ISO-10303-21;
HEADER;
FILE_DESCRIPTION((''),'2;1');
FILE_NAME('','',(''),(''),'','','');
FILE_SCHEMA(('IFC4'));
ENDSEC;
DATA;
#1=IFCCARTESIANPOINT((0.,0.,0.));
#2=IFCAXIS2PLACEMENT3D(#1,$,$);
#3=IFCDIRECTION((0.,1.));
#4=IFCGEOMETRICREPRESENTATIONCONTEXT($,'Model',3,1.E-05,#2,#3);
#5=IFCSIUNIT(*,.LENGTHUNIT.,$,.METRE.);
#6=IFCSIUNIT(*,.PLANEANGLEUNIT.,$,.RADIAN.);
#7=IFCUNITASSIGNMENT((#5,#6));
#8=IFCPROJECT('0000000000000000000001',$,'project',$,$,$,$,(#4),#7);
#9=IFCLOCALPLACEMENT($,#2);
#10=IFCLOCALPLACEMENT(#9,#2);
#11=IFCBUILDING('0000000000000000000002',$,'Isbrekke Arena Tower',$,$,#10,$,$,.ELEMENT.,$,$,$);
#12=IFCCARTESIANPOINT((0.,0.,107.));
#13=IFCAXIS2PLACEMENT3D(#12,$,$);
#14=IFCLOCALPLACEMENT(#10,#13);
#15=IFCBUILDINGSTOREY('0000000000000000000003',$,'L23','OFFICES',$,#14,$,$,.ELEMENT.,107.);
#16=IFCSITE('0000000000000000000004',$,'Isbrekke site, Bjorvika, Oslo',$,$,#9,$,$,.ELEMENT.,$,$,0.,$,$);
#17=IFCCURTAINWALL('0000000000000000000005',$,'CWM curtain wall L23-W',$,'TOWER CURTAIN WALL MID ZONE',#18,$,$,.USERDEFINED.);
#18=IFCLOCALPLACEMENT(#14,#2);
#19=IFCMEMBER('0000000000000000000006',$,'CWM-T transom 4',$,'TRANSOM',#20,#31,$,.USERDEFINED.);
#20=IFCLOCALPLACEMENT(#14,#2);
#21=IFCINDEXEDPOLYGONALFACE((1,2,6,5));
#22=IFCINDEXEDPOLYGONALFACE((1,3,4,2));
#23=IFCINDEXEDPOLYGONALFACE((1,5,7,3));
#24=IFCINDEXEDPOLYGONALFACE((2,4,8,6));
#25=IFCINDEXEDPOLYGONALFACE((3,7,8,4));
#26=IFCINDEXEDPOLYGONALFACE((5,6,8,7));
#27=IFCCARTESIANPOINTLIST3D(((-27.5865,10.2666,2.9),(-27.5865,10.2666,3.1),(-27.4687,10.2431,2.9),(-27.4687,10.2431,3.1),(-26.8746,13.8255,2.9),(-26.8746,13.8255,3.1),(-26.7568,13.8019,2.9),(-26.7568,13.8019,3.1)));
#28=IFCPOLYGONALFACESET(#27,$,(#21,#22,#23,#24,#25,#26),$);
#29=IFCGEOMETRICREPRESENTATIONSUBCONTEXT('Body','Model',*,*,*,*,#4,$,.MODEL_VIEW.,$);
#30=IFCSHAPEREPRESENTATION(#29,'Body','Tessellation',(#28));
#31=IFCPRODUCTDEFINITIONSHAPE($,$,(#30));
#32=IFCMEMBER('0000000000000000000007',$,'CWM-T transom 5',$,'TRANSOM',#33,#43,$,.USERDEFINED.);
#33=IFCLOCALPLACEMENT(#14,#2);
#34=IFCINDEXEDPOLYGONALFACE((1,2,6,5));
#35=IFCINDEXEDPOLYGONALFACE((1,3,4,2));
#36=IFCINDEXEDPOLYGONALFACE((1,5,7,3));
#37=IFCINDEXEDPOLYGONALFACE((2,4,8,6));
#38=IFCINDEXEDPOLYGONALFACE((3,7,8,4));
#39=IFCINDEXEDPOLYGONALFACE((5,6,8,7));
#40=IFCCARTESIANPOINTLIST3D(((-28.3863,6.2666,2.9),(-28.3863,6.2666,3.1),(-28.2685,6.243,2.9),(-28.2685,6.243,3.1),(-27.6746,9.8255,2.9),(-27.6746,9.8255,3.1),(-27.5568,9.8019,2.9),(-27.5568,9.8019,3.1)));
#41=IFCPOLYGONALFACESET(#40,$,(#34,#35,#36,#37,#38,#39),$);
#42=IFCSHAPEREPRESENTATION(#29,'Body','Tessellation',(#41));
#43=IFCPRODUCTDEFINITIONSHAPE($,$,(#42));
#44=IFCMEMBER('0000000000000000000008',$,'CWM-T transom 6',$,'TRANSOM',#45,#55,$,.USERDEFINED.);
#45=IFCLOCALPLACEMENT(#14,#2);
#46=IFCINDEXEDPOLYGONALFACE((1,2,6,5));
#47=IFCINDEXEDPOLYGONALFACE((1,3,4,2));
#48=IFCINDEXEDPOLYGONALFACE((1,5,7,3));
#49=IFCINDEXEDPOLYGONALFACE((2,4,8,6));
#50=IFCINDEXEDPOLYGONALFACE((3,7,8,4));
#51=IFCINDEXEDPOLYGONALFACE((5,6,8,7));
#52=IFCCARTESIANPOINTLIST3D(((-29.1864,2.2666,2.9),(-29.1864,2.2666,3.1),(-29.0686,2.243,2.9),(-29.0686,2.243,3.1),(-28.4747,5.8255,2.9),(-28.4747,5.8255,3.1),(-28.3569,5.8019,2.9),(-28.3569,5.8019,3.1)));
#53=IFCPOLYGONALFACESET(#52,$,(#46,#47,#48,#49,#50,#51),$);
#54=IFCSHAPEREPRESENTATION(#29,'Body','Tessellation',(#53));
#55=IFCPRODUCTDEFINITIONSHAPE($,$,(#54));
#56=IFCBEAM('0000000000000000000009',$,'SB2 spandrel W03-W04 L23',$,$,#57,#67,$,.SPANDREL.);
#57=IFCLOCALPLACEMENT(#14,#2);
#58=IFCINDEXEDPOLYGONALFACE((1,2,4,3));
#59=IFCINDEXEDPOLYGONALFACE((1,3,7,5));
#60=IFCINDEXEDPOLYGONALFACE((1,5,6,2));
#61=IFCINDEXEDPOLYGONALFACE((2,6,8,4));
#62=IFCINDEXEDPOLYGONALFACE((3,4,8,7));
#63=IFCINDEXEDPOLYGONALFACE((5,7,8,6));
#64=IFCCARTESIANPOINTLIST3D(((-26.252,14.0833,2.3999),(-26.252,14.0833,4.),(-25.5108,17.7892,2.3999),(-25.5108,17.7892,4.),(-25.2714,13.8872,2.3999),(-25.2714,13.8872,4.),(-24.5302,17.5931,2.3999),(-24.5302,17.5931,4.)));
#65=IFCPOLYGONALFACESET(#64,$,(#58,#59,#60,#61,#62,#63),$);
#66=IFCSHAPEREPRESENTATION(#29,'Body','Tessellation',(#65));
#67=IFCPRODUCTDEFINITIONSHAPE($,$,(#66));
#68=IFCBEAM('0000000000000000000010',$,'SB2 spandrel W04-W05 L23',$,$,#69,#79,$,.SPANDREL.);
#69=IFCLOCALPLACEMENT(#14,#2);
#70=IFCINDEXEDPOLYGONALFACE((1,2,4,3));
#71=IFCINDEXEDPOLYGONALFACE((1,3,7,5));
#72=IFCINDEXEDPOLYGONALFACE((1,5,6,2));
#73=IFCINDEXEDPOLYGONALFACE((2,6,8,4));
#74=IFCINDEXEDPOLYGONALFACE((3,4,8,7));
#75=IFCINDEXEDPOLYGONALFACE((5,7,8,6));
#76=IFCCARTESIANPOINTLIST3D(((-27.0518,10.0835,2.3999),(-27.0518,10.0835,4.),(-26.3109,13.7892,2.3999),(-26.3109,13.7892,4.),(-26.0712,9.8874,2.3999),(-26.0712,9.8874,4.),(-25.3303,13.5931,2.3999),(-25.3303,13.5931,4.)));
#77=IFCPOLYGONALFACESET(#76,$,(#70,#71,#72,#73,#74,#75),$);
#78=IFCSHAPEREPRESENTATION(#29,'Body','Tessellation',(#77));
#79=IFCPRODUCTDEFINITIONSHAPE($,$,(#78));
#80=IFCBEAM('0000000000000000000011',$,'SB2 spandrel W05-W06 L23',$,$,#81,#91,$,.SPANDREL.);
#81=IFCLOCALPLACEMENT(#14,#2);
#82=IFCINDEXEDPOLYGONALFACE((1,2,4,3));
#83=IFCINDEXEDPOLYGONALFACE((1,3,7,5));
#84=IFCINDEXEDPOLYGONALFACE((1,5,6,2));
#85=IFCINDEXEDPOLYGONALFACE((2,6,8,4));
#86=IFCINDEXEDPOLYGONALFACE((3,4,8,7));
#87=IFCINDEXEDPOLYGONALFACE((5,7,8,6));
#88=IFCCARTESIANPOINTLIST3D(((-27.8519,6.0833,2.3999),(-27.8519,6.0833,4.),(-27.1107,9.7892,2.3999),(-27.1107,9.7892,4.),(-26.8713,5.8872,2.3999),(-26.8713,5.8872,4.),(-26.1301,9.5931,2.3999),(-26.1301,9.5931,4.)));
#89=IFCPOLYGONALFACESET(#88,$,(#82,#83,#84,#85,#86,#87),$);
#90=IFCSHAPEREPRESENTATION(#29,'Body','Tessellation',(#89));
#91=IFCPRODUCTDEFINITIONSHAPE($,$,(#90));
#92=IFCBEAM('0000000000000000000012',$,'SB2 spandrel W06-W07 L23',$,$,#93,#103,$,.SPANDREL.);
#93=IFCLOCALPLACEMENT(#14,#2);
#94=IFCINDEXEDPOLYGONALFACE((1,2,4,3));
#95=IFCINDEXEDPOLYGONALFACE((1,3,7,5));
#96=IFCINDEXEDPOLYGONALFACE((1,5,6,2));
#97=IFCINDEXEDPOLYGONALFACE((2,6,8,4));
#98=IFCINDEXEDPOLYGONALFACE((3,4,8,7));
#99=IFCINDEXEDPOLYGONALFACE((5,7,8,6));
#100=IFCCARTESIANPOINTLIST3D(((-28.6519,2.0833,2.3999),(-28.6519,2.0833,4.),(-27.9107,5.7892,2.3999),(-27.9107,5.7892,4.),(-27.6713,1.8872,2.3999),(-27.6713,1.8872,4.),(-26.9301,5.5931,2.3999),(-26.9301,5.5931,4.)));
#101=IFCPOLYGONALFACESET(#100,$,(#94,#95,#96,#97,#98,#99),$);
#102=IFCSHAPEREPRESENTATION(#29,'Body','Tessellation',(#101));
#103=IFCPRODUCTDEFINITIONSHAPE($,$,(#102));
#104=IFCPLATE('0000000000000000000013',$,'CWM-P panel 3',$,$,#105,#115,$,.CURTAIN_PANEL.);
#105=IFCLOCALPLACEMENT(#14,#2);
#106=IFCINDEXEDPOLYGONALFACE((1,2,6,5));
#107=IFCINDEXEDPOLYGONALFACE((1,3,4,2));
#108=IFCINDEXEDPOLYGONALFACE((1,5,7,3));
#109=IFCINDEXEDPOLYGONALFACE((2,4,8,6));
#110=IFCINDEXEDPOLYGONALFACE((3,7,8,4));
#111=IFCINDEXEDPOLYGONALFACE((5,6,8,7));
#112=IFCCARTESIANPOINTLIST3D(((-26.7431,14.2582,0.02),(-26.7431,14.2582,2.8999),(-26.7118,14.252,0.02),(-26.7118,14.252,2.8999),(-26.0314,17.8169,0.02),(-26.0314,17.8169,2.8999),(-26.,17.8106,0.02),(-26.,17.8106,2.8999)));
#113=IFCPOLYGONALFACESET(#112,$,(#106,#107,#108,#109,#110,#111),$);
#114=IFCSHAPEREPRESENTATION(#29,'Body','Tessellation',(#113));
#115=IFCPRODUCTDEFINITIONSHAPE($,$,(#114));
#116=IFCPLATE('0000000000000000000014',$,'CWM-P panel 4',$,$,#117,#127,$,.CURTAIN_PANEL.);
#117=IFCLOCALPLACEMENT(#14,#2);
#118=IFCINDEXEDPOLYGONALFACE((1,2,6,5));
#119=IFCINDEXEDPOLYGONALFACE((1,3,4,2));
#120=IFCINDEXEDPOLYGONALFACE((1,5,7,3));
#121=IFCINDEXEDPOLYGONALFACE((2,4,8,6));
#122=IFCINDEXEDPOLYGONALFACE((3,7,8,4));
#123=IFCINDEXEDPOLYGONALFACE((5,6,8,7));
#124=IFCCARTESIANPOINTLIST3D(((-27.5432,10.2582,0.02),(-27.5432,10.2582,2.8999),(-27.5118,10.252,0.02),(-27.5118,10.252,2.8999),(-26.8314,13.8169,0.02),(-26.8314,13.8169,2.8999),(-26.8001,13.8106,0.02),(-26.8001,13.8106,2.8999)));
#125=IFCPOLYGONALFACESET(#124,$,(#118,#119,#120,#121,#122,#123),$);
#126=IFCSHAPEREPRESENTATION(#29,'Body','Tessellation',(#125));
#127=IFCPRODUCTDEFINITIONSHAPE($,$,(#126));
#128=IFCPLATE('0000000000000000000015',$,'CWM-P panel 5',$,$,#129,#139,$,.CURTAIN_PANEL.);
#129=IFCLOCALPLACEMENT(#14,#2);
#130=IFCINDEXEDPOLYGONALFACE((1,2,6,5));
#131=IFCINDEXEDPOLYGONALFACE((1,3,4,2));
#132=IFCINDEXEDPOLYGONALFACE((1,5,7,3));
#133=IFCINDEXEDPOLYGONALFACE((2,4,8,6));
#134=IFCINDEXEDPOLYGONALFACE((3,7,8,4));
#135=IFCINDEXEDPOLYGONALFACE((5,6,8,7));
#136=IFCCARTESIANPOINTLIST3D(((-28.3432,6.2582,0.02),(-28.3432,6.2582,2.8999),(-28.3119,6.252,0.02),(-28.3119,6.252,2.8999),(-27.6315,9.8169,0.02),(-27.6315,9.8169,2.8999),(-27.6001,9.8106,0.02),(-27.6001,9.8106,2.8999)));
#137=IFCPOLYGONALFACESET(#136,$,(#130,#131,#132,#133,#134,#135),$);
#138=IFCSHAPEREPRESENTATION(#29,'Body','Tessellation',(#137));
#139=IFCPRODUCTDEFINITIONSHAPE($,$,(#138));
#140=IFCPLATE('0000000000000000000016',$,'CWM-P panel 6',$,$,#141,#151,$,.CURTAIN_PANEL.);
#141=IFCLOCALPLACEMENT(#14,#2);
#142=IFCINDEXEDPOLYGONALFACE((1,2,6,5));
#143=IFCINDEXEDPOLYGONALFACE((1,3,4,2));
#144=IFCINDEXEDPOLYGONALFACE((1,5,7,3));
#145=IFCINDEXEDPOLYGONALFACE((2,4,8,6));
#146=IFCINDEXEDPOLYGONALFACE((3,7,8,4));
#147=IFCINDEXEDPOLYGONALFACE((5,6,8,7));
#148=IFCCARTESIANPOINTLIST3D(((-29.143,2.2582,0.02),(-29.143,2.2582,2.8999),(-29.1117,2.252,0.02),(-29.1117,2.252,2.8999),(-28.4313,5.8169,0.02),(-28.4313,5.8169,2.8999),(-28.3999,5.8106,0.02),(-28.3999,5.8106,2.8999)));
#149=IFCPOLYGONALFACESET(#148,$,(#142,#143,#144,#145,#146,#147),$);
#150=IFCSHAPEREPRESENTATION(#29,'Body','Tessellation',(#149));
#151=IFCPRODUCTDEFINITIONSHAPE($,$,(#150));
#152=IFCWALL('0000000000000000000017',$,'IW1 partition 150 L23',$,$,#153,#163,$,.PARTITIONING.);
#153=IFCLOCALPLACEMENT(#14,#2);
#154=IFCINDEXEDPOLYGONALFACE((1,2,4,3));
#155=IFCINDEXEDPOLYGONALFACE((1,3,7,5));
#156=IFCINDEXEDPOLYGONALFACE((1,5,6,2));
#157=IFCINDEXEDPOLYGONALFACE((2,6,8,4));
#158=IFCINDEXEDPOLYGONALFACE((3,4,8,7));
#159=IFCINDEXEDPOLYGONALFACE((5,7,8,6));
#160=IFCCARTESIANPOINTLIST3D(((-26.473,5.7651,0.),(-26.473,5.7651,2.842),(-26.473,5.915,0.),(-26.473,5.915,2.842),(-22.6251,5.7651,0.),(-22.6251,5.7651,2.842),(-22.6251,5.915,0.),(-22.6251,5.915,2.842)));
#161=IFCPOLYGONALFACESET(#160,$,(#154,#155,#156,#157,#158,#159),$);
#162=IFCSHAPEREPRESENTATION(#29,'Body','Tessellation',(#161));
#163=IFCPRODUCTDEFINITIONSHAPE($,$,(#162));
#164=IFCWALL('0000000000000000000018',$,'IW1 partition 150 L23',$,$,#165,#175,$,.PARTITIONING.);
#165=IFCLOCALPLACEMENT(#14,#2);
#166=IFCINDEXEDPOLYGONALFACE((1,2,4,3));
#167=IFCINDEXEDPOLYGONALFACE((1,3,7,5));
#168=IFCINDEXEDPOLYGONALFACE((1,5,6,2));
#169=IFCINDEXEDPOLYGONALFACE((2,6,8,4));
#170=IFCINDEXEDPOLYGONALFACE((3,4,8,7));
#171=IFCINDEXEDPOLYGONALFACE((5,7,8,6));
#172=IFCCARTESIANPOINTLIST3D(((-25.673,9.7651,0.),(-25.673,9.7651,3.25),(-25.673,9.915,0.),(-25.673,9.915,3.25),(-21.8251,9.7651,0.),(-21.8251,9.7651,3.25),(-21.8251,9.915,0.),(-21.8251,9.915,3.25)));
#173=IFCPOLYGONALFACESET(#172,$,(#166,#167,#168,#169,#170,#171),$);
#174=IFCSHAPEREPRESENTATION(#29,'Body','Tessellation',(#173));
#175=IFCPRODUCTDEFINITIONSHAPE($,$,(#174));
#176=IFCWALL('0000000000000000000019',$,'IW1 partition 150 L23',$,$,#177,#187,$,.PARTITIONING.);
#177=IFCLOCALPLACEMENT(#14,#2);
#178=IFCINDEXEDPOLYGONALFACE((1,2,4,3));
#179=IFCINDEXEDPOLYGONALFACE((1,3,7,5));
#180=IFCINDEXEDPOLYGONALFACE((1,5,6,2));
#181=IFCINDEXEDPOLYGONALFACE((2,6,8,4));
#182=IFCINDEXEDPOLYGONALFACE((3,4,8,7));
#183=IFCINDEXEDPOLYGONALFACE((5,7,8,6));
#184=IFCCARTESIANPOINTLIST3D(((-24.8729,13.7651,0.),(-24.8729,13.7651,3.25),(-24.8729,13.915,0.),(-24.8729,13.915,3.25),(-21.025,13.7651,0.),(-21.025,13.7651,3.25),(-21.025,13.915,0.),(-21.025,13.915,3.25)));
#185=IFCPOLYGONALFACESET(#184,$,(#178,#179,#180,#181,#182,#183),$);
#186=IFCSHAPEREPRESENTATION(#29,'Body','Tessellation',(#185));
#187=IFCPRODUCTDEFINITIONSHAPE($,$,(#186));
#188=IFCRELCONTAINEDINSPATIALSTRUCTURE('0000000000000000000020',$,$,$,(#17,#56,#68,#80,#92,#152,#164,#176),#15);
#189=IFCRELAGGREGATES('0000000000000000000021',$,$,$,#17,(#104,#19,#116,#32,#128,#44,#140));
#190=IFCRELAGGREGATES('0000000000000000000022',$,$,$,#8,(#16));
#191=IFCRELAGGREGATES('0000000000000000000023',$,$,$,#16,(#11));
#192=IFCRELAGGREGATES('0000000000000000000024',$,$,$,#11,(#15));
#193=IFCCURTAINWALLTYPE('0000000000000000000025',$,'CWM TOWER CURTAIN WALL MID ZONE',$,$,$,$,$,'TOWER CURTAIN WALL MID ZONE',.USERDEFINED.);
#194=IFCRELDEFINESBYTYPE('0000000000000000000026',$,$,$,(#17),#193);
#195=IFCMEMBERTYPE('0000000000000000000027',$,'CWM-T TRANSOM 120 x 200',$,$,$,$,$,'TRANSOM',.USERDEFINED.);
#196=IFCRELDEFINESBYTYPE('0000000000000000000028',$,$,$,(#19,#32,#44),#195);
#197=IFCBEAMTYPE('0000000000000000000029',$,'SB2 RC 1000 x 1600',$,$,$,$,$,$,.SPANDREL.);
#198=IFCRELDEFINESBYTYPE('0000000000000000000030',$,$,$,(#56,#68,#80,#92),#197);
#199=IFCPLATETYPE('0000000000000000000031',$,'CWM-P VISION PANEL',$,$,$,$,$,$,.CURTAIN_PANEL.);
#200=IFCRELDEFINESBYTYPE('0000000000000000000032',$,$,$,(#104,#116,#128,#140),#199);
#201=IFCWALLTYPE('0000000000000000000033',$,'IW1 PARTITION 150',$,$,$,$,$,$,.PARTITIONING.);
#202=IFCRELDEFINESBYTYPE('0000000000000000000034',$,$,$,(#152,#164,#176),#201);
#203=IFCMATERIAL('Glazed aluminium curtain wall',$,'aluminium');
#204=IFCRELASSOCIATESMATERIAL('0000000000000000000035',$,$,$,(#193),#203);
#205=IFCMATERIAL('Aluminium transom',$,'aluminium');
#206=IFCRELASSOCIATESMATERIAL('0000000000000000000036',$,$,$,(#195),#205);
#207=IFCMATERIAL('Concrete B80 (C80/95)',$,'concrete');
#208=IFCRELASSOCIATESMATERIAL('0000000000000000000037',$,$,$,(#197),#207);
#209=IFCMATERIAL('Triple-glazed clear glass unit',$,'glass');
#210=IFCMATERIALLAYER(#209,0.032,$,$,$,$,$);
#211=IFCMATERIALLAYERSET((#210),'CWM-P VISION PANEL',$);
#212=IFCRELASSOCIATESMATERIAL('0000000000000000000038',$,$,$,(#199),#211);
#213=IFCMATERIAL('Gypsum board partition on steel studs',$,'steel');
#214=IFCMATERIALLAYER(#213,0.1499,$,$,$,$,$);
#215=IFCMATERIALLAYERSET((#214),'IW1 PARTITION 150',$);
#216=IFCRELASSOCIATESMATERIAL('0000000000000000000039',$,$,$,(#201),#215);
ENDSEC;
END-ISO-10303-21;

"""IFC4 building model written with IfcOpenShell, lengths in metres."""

from ifc_helpers import new_model, si_unit, direction, frame, frame_2d, origin, origin_2d, place, context, subcontext, project, spatial, rectangle, extrude, material, layer, layer_set, material_profile, profile_set, type_object, element, aggregate, save


model = new_model("IFC4")

# Units and contexts
model_context = context("Model", 3, precision=1e-05, world=origin(), true_north=direction((0.0, 1.0)))
body_context = subcontext(model_context, "Body", "Model", "MODEL_VIEW")
ifc_project = project(units=[si_unit("LENGTHUNIT", "METRE"), si_unit("PLANEANGLEUNIT", "RADIAN")], contexts=[model_context])

# Site, building, storey
site_placement = place(None, origin())
site = spatial("IfcSite", under=ifc_project, at=site_placement, Name="Isbrekke site, Bjorvika, Oslo", CompositionType="ELEMENT", RefElevation=0.0)
building_placement = place(site_placement, origin())
building = spatial("IfcBuilding", under=site, at=building_placement, Name="Isbrekke Arena Tower", CompositionType="ELEMENT")
storey_placement = place(building_placement, frame((0.0, 0.0, 107.0)))
storey = spatial("IfcBuildingStorey", under=building, at=storey_placement, Name="L23", Description="OFFICES", CompositionType="ELEMENT", Elevation=107.0)

# Curtain wall, members
ifc_material_1 = material(Name="Glazed aluminium curtain wall", Category="aluminium")
curtain_wall_type = type_object("IfcCurtainWallType", Name="CWM TOWER CURTAIN WALL MID ZONE", ElementType="TOWER CURTAIN WALL MID ZONE", PredefinedType="USERDEFINED", material=ifc_material_1)
curtain_wall_placement = place(storey_placement, origin())
curtain_wall = element("IfcCurtainWall", 1, at=curtain_wall_placement, inside=storey, type_object=curtain_wall_type, Name="CWM curtain wall L23-W", ObjectType="TOWER CURTAIN WALL MID ZONE", PredefinedType="USERDEFINED")
ifc_material_2 = material(Name="Aluminium transom", Category="aluminium")
ifc_material_profile_1 = material_profile(ifc_material_2, rectangle(XDim=0.1201, YDim=0.2, at=origin_2d()), Name="TRANSOM 120X200")
ifc_profile_set_1 = profile_set([ifc_material_profile_1], Name="Aluminium transom")
member_type_1 = type_object("IfcMemberType", Name="CWM-T TRANSOM 120 x 200", ElementType="TRANSOM", PredefinedType="USERDEFINED", material=ifc_profile_set_1)
member_1_placement = place(storey_placement, frame((-26.8157, 13.8137, 3.0), z_axis=(-0.196155, -0.980573, 0.0), x_axis=(0.980573, -0.196155, 0.0)))
member_1 = element("IfcMember", 2, at=member_1_placement, type_object=member_type_1, Name="CWM-T transom 4", ObjectType="TRANSOM", PredefinedType="USERDEFINED", context=body_context, shape_type="SweptSolid", body=[
    extrude(rectangle(XDim=0.1201, YDim=0.2, at=origin_2d()), origin(), (0.0, 0.0, 1.0), 3.6294),
])
member_2_placement = place(storey_placement, frame((-27.6157, 9.8137, 3.0), z_axis=(-0.19609, -0.980586, 0.0), x_axis=(0.980586, -0.19609, 0.0)))
member_2 = element("IfcMember", 3, at=member_2_placement, type_object=member_type_1, Name="CWM-T transom 5", ObjectType="TRANSOM", PredefinedType="USERDEFINED", context=body_context, shape_type="SweptSolid", body=[
    extrude(rectangle(XDim=0.1201, YDim=0.2, at=origin_2d()), origin(), (0.0, 0.0, 1.0), 3.6294),
])
member_3_placement = place(storey_placement, frame((-28.4158, 5.8137, 3.0), z_axis=(-0.19609, -0.980586, 0.0), x_axis=(0.980586, -0.19609, 0.0)))
member_3 = element("IfcMember", 4, at=member_3_placement, type_object=member_type_1, Name="CWM-T transom 6", ObjectType="TRANSOM", PredefinedType="USERDEFINED", context=body_context, shape_type="SweptSolid", body=[
    extrude(rectangle(XDim=0.1201, YDim=0.2, at=origin_2d()), origin(), (0.0, 0.0, 1.0), 3.6294),
])

# Beams
ifc_material_3 = material(Name="Concrete B80 (C80/95)", Category="concrete")
ifc_material_profile_2 = material_profile(ifc_material_3, rectangle(XDim=1.0, YDim=1.6001, at=origin_2d()), Name="RC 1000x1600")
ifc_profile_set_2 = profile_set([ifc_material_profile_2], Name="Concrete B80 (C80/95)")
beam_type_1 = type_object("IfcBeamType", Name="SB2 RC 1000 x 1600", PredefinedType="SPANDREL", material=ifc_profile_set_2)
beam_1_placement = place(storey_placement, frame((-25.0205, 17.6912, 3.2), z_axis=(-0.196129, -0.980578, 0.0), x_axis=(0.980578, -0.196129, 0.0)))
element("IfcBeam", 5, at=beam_1_placement, inside=storey, type_object=beam_type_1, Name="SB2 spandrel W03-W04 L23", PredefinedType="SPANDREL", context=body_context, shape_type="SweptSolid", body=[
    extrude(rectangle(XDim=1.0, YDim=1.6001, at=origin_2d()), origin(), (0.0, 0.0, 1.0), 3.7793),
])
beam_2_placement = place(storey_placement, frame((-25.8206, 13.6912, 3.2), z_axis=(-0.196066, -0.980591, 0.0), x_axis=(0.980591, -0.196066, 0.0)))
element("IfcBeam", 6, at=beam_2_placement, inside=storey, type_object=beam_type_1, Name="SB2 spandrel W04-W05 L23", PredefinedType="SPANDREL", context=body_context, shape_type="SweptSolid", body=[
    extrude(rectangle(XDim=1.0, YDim=1.6001, at=origin_2d()), origin(), (0.0, 0.0, 1.0), 3.7791),
])
for number, where, z_axis, x_axis, name in (
    (7, (-26.6204, 9.6912, 3.2), (-0.196129, -0.980578, 0.0), (0.980578, -0.196129, 0.0), "SB2 spandrel W05-W06 L23"),
    (8, (-27.4204, 5.6912, 3.2), (-0.196129, -0.980578, 0.0), (0.980578, -0.196129, 0.0), "SB2 spandrel W06-W07 L23"),
):
    element("IfcBeam", number, at=place(storey_placement, frame(where, z_axis=z_axis, x_axis=x_axis)), inside=storey, type_object=beam_type_1, Name=name, PredefinedType="SPANDREL", context=body_context, shape_type="SweptSolid", body=[
        extrude(rectangle(XDim=1.0, YDim=1.6001, at=origin_2d()), origin(), (0.0, 0.0, 1.0), 3.7793),
    ])

# Plates
ifc_material_4 = material(Name="Triple-glazed clear glass unit", Category="glass")
ifc_layer_1 = layer(ifc_material_4, 0.032)
ifc_layer_set_1 = layer_set([ifc_layer_1], Name="CWM-P VISION PANEL")
plate_type = type_object("IfcPlateType", Name="CWM-P VISION PANEL", PredefinedType="CURTAIN_PANEL", material=ifc_layer_set_1)
plate_1_placement = place(storey_placement, frame((-26.3716, 16.0344, 0.02), z_axis=(0.0, 0.0, 1.0), x_axis=(-0.196116, -0.980581, 0.0)))
plate_1 = element("IfcPlate", 9, at=plate_1_placement, type_object=plate_type, Name="CWM-P panel 3", PredefinedType="CURTAIN_PANEL", context=body_context, shape_type="SweptSolid", body=[
    extrude(rectangle(XDim=3.6292, YDim=0.032, at=origin_2d()), origin(), (0.0, 0.0, 1.0), 2.8799),
])
plate_2_placement = place(storey_placement, frame((-27.1716, 12.0344, 0.02), z_axis=(0.0, 0.0, 1.0), x_axis=(-0.196116, -0.980581, 0.0)))
plate_2 = element("IfcPlate", 10, at=plate_2_placement, type_object=plate_type, Name="CWM-P panel 4", PredefinedType="CURTAIN_PANEL", context=body_context, shape_type="SweptSolid", body=[
    extrude(rectangle(XDim=3.6292, YDim=0.032, at=origin_2d()), origin(), (0.0, 0.0, 1.0), 2.8799),
])
plate_3_placement = place(storey_placement, frame((-27.9717, 8.0344, 0.02), z_axis=(0.0, 0.0, 1.0), x_axis=(-0.196116, -0.980581, 0.0)))
plate_3 = element("IfcPlate", 11, at=plate_3_placement, type_object=plate_type, Name="CWM-P panel 5", PredefinedType="CURTAIN_PANEL", context=body_context, shape_type="SweptSolid", body=[
    extrude(rectangle(XDim=3.6292, YDim=0.032, at=origin_2d()), origin(), (0.0, 0.0, 1.0), 2.8799),
])
plate_4_placement = place(storey_placement, frame((-28.7715, 4.0344, 0.02), z_axis=(0.0, 0.0, 1.0), x_axis=(-0.196116, -0.980581, 0.0)))
plate_4 = element("IfcPlate", 12, at=plate_4_placement, type_object=plate_type, Name="CWM-P panel 6", PredefinedType="CURTAIN_PANEL", context=body_context, shape_type="SweptSolid", body=[
    extrude(rectangle(XDim=3.6292, YDim=0.032, at=origin_2d()), origin(), (0.0, 0.0, 1.0), 2.8799),
])
aggregate(curtain_wall, [plate_1, member_1, plate_2, member_2, plate_3, member_3, plate_4])

# Walls
ifc_material_5 = material(Name="Gypsum board partition on steel studs", Category="steel")
ifc_layer_2 = layer(ifc_material_5, 0.1499)
ifc_layer_set_2 = layer_set([ifc_layer_2], Name="IW1 PARTITION 150")
wall_type = type_object("IfcWallType", Name="IW1 PARTITION 150", PredefinedType="PARTITIONING", material=ifc_layer_set_2)
wall_1_placement = place(storey_placement, frame((-26.4729, 5.8401, 0.0), z_axis=(0.0, 0.0, 1.0), x_axis=(1.0, 0.0, 0.0)))
element("IfcWall", 13, at=wall_1_placement, inside=storey, type_object=wall_type, Name="IW1 partition 150 L23", PredefinedType="PARTITIONING", context=body_context, shape_type="SweptSolid", body=[
    extrude(rectangle(XDim=3.8479, YDim=0.1499, at=frame_2d((1.9238, 0.0))), origin(), (0.0, 0.0, 1.0), 2.842),
])
for number, where, z_axis, x_axis, name in (
    (14, (-25.6729, 9.8401, 0.0), (0.0, 0.0, 1.0), (1.0, 0.0, 0.0), "IW1 partition 150 L23"),
    (15, (-24.8728, 13.8401, 0.0), (0.0, 0.0, 1.0), (1.0, 0.0, 0.0), "IW1 partition 150 L23"),
):
    element("IfcWall", number, at=place(storey_placement, frame(where, z_axis=z_axis, x_axis=x_axis)), inside=storey, type_object=wall_type, Name=name, PredefinedType="PARTITIONING", context=body_context, shape_type="SweptSolid", body=[
        extrude(rectangle(XDim=3.8479, YDim=0.1499, at=frame_2d((1.9238, 0.0))), origin(), (0.0, 0.0, 1.0), 3.25),
    ])

save(model, "model.ifc")
